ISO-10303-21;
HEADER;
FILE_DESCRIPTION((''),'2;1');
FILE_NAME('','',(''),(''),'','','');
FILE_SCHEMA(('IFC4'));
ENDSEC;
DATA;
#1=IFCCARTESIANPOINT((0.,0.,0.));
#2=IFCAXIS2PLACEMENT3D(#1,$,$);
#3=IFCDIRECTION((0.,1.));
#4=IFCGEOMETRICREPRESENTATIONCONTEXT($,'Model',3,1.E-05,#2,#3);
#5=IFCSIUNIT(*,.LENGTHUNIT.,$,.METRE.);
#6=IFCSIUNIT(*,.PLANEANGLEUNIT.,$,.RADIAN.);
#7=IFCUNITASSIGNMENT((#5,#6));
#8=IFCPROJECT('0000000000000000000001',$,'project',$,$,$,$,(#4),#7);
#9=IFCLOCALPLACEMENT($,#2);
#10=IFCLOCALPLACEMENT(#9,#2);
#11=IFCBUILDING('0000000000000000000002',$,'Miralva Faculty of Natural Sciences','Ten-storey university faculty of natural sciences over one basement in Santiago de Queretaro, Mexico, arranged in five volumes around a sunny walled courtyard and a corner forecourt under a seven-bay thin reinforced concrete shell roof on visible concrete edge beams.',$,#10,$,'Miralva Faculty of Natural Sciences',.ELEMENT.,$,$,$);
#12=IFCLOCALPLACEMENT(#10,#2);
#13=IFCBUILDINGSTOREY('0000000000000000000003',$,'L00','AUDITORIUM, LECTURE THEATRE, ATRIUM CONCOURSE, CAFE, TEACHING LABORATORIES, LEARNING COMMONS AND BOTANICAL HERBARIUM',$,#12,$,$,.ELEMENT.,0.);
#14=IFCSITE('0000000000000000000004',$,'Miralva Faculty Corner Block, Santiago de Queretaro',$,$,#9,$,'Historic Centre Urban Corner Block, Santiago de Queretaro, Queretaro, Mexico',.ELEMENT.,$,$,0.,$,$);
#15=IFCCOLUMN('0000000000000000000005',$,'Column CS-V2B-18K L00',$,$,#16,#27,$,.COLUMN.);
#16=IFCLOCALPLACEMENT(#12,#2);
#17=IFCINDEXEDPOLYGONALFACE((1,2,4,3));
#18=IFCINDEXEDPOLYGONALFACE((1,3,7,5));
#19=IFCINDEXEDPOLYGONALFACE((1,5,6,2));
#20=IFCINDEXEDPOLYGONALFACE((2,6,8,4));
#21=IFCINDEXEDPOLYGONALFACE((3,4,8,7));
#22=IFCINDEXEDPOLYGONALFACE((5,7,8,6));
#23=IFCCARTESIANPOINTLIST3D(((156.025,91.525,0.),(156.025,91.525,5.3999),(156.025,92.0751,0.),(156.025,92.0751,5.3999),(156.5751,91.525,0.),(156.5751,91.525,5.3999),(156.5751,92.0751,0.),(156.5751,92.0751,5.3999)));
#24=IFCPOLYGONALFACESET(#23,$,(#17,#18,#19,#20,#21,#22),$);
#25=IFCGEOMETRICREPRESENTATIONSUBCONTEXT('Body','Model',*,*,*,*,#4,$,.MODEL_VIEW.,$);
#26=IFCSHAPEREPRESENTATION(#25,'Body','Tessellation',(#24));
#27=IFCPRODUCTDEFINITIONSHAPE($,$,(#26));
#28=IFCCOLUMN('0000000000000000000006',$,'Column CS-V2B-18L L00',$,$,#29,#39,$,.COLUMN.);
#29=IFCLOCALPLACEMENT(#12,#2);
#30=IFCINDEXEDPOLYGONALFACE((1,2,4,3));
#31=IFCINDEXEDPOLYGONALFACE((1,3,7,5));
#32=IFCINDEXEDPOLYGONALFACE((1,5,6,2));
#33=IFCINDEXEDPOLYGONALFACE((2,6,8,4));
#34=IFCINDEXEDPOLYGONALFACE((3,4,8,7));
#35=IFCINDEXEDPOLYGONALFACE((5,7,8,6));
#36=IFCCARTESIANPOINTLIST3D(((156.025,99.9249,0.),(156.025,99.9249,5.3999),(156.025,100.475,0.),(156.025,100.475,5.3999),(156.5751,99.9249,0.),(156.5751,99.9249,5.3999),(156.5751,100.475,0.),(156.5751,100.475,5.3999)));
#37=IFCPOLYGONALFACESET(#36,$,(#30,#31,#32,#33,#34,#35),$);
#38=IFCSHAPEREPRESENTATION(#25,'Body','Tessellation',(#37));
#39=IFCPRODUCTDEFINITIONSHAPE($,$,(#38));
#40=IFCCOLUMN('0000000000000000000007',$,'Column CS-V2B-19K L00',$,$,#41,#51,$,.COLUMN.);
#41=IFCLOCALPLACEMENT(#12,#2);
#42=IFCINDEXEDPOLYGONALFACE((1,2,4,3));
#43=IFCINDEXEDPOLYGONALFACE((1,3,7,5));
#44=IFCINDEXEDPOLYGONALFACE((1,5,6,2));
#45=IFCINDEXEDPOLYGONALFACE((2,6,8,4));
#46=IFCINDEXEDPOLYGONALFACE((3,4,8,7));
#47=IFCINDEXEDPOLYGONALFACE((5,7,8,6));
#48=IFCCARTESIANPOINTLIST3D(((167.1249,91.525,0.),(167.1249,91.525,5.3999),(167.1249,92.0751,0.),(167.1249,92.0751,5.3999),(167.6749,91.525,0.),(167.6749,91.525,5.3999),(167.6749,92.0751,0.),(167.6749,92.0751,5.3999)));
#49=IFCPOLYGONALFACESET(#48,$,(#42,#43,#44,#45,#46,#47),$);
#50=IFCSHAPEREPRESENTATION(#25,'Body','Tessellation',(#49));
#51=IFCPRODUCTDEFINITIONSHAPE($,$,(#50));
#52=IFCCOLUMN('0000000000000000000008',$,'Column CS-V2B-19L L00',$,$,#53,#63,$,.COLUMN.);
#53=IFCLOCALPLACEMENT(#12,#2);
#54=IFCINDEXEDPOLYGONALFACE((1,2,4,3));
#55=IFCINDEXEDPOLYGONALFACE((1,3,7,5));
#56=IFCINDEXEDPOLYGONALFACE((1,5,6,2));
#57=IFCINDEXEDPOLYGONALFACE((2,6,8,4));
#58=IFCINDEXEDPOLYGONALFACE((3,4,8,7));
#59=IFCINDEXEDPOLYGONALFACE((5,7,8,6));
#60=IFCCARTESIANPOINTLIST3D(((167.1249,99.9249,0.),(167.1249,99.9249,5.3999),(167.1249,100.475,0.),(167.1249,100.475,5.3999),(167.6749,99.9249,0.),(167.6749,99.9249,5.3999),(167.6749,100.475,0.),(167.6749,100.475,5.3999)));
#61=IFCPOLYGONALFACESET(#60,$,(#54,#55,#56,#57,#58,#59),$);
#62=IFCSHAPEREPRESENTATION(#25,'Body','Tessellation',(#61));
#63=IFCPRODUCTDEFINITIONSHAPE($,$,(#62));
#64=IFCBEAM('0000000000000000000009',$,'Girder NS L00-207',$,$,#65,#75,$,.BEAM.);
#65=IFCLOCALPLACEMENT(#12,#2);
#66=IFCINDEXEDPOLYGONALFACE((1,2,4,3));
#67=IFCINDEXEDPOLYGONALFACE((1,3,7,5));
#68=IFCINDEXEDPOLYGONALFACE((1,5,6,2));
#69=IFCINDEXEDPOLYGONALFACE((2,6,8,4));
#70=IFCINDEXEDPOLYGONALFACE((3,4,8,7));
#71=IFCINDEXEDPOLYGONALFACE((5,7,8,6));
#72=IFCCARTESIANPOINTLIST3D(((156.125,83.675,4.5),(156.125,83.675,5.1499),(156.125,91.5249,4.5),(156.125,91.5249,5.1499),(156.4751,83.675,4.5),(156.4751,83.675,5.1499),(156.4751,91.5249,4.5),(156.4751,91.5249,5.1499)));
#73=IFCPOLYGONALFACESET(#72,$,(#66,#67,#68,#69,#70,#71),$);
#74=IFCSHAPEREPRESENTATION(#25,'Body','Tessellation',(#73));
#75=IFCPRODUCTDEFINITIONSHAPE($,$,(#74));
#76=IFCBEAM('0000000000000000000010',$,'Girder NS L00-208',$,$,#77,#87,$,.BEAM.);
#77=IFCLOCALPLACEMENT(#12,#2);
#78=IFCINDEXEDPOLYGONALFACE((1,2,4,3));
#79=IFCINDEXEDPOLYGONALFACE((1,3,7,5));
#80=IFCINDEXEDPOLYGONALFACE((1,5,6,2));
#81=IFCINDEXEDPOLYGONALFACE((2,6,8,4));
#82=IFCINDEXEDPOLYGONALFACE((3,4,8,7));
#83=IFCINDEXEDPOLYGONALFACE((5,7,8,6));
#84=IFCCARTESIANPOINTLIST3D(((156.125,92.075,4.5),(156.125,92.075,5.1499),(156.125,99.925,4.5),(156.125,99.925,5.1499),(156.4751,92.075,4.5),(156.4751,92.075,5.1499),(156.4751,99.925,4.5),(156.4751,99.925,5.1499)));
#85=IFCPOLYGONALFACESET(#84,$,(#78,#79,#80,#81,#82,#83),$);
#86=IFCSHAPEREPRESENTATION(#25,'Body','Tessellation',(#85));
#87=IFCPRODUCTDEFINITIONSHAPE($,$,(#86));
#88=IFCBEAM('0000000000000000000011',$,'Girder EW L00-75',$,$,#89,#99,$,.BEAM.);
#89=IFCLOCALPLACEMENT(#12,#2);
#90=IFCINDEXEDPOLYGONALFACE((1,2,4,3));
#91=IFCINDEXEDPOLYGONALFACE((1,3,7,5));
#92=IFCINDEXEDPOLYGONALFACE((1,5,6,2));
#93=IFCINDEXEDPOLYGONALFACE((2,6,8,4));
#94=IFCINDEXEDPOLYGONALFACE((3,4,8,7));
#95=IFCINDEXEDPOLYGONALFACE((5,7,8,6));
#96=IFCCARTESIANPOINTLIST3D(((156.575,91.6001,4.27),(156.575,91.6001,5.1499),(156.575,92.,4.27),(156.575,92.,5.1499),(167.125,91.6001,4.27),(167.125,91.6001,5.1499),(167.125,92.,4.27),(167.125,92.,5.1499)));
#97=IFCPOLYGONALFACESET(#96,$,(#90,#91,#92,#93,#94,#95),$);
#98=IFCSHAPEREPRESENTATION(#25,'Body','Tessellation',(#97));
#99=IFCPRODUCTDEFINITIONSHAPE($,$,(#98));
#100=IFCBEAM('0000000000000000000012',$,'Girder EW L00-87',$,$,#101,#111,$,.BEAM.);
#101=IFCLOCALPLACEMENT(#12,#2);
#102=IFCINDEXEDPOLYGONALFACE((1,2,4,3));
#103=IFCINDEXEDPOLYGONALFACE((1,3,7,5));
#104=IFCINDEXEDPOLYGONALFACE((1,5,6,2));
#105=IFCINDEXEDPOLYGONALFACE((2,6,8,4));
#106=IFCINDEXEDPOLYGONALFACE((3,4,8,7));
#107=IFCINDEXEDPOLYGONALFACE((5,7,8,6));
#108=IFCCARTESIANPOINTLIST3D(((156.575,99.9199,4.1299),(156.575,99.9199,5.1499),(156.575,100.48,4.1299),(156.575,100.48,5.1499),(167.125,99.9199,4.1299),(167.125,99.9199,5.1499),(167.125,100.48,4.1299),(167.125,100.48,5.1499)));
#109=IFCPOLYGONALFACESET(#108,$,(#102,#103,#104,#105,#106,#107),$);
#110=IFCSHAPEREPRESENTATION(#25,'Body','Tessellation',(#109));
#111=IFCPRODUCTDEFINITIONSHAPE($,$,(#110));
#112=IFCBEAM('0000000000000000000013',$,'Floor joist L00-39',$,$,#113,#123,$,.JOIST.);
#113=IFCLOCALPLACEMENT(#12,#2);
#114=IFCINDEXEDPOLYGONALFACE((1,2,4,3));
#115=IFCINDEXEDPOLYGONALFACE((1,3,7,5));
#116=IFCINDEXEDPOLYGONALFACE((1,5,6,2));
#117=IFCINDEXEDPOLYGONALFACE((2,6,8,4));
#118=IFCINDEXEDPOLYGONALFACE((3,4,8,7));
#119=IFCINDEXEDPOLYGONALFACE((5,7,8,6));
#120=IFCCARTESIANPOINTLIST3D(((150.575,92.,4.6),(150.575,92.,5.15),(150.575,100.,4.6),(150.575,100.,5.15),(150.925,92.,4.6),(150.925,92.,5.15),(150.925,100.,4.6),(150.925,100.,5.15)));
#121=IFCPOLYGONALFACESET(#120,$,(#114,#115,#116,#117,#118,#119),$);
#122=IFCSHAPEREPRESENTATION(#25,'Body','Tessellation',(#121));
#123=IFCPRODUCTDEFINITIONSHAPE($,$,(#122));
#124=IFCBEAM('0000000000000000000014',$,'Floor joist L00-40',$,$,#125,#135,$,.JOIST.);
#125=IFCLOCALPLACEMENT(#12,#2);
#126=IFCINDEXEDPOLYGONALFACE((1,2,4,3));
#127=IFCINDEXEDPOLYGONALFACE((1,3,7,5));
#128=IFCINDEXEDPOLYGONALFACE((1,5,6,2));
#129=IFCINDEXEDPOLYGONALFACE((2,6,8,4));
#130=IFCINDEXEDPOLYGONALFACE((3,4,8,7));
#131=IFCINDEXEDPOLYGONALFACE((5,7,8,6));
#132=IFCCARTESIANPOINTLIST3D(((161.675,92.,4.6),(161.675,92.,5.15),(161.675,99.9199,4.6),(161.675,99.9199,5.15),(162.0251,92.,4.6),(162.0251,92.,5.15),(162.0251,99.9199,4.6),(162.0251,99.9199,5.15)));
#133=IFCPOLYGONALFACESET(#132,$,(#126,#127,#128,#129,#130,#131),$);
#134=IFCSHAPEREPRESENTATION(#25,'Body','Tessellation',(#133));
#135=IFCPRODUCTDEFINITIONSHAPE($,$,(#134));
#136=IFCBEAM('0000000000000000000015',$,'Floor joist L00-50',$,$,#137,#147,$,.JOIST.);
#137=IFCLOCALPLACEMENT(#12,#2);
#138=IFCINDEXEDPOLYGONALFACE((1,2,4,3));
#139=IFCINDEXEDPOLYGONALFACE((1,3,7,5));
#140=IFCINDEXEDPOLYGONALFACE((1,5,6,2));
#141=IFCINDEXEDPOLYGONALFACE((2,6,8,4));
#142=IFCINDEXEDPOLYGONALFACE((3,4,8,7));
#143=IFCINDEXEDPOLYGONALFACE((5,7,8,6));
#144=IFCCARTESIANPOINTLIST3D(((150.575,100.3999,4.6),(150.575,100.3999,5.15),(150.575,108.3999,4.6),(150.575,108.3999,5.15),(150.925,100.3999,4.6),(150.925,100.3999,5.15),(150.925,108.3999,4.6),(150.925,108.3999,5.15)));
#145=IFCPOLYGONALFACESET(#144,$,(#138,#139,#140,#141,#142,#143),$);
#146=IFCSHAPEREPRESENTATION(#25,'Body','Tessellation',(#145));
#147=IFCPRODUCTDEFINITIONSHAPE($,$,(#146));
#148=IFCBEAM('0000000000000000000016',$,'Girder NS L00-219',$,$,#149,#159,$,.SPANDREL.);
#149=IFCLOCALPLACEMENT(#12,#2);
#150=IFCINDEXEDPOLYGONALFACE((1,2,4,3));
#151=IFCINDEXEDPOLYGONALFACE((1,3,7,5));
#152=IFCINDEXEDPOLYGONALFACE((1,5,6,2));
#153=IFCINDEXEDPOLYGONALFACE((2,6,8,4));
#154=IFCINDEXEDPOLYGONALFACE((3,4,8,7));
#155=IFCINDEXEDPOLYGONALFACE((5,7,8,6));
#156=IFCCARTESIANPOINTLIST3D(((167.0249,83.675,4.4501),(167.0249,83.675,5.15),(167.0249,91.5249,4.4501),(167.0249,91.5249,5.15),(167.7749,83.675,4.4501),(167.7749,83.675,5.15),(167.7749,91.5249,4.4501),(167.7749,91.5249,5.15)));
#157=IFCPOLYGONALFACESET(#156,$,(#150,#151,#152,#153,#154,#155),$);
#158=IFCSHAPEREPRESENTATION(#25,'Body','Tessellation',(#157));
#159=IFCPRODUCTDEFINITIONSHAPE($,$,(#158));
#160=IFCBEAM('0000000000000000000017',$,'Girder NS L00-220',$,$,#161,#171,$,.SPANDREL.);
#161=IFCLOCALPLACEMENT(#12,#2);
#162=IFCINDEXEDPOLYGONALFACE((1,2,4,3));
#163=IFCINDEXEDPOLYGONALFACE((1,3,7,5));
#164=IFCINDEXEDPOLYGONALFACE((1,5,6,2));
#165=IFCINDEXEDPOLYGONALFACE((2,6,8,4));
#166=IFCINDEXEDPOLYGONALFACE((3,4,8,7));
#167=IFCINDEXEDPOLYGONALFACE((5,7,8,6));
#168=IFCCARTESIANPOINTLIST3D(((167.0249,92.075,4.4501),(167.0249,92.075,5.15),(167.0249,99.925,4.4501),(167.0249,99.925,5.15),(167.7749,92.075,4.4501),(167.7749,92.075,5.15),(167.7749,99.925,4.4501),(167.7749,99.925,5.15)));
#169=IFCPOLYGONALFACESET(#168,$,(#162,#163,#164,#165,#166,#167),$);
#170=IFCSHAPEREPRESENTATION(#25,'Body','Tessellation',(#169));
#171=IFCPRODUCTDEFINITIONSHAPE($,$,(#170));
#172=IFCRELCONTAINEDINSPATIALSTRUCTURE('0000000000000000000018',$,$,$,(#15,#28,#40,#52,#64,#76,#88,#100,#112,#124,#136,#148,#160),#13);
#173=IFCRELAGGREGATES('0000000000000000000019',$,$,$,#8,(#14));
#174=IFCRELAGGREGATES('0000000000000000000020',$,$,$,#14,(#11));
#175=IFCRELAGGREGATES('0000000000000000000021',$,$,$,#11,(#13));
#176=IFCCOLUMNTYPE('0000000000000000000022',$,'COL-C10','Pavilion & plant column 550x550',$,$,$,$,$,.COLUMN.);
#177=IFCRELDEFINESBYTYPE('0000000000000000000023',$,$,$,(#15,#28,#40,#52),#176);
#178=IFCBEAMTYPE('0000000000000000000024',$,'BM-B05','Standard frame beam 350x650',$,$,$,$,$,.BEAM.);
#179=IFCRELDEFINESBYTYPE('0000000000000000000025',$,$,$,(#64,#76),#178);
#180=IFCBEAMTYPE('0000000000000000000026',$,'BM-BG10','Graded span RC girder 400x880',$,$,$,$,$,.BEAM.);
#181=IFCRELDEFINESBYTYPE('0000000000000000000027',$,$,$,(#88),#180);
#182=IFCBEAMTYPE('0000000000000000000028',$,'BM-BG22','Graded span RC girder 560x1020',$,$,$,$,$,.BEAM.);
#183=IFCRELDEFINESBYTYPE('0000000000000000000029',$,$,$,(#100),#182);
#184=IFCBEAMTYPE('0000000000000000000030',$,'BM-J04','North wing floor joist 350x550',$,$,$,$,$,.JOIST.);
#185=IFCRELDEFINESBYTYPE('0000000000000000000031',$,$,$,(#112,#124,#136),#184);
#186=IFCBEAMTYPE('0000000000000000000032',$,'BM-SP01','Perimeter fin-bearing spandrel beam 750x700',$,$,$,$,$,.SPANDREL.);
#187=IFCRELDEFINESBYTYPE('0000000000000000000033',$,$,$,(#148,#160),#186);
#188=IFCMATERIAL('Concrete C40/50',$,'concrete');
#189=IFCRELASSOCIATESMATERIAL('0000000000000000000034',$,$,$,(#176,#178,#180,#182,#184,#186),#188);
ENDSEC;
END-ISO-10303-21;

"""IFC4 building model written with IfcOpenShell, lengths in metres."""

from ifc_helpers import new_model, si_unit, direction, frame, origin, origin_2d, place, context, subcontext, project, spatial, rectangle, extrude, material, material_profile, profile_set, type_object, element, save


model = new_model("IFC4")

# Units and contexts
model_context = context("Model", 3, precision=1e-05, world=origin(), true_north=direction((0.0, 1.0)))
body_context = subcontext(model_context, "Body", "Model", "MODEL_VIEW")
ifc_project = project(units=[si_unit("LENGTHUNIT", "METRE"), si_unit("PLANEANGLEUNIT", "RADIAN")], contexts=[model_context])

# Site, building, storey
site_placement = place(None, origin())
site = spatial("IfcSite", under=ifc_project, at=site_placement, Name="Miralva Faculty Corner Block, Santiago de Queretaro", LongName="Historic Centre Urban Corner Block, Santiago de Queretaro, Queretaro, Mexico", CompositionType="ELEMENT", RefElevation=0.0)
building_placement = place(site_placement, origin())
building = spatial("IfcBuilding", under=site, at=building_placement, Name="Miralva Faculty of Natural Sciences", Description="Ten-storey university faculty of natural sciences over one basement in Santiago de Queretaro, Mexico, arranged in five volumes around a sunny walled courtyard and a corner forecourt under a seven-bay thin reinforced concrete shell roof on visible concrete edge beams.", LongName="Miralva Faculty of Natural Sciences", CompositionType="ELEMENT")
storey_placement = place(building_placement, origin())
storey = spatial("IfcBuildingStorey", under=building, at=storey_placement, Name="L00", Description="AUDITORIUM, LECTURE THEATRE, ATRIUM CONCOURSE, CAFE, TEACHING LABORATORIES, LEARNING COMMONS AND BOTANICAL HERBARIUM", CompositionType="ELEMENT", Elevation=0.0)

# Columns
ifc_material_1 = material(Name="Concrete C40/50", Category="concrete")
ifc_material_profile_1 = material_profile(ifc_material_1, rectangle(XDim=0.55, YDim=0.55, at=origin_2d()), Name="RC 550x550")
ifc_profile_set_1 = profile_set([ifc_material_profile_1], Name="Concrete C40/50")
column_type = type_object("IfcColumnType", Name="COL-C10", Description="Pavilion & plant column 550x550", PredefinedType="COLUMN", material=ifc_profile_set_1)
for number, where, z_axis, x_axis, name in (
    (1, (156.3, 91.8, 0.0), (0.0, 0.0, 1.0), (1.0, 0.0, 0.0), "Column CS-V2B-18K L00"),
    (2, (156.3, 100.2, 0.0), (0.0, 0.0, 1.0), (1.0, 0.0, 0.0), "Column CS-V2B-18L L00"),
    (3, (167.3999, 91.8, 0.0), (0.0, 0.0, 1.0), (1.0, 0.0, 0.0), "Column CS-V2B-19K L00"),
    (4, (167.3999, 100.2, 0.0), (0.0, 0.0, 1.0), (1.0, 0.0, 0.0), "Column CS-V2B-19L L00"),
):
    element("IfcColumn", number, at=place(storey_placement, frame(where, z_axis=z_axis, x_axis=x_axis)), inside=storey, type_object=column_type, Name=name, PredefinedType="COLUMN", context=body_context, shape_type="SweptSolid", body=[
        extrude(rectangle(XDim=0.55, YDim=0.55, at=origin_2d()), origin(), (0.0, 0.0, 1.0), 5.3999),
    ])

# Beams
ifc_material_profile_2 = material_profile(ifc_material_1, rectangle(XDim=0.3501, YDim=0.6499, at=origin_2d()), Name="RC 350x650")
ifc_profile_set_2 = profile_set([ifc_material_profile_2], Name="Concrete C40/50")
beam_type_1 = type_object("IfcBeamType", Name="BM-B05", Description="Standard frame beam 350x650", PredefinedType="BEAM", material=ifc_profile_set_2)
beam_1_placement = place(storey_placement, frame((156.3, 83.675, 4.825), z_axis=(0.0, 1.0, 0.0), x_axis=(-1.0, 0.0, 0.0)))
element("IfcBeam", 5, at=beam_1_placement, inside=storey, type_object=beam_type_1, Name="Girder NS L00-207", PredefinedType="BEAM", context=body_context, shape_type="SweptSolid", body=[
    extrude(rectangle(XDim=0.3501, YDim=0.6499, at=origin_2d()), origin(), (0.0, 0.0, 1.0), 7.8499),
])
beam_2_placement = place(storey_placement, frame((156.3, 92.075, 4.825), z_axis=(0.0, 1.0, 0.0), x_axis=(-1.0, 0.0, 0.0)))
element("IfcBeam", 6, at=beam_2_placement, inside=storey, type_object=beam_type_1, Name="Girder NS L00-208", PredefinedType="BEAM", context=body_context, shape_type="SweptSolid", body=[
    extrude(rectangle(XDim=0.3501, YDim=0.6499, at=origin_2d()), origin(), (0.0, 0.0, 1.0), 7.8501),
])
ifc_material_profile_3 = material_profile(ifc_material_1, rectangle(XDim=0.3999, YDim=0.8799, at=origin_2d()), Name="RC 400x880")
ifc_profile_set_3 = profile_set([ifc_material_profile_3], Name="Concrete C40/50")
beam_type_2 = type_object("IfcBeamType", Name="BM-BG10", Description="Graded span RC girder 400x880", PredefinedType="BEAM", material=ifc_profile_set_3)
beam_3_placement = place(storey_placement, frame((156.575, 91.8, 4.71), z_axis=(1.0, 0.0, 0.0), x_axis=(0.0, 1.0, 0.0)))
element("IfcBeam", 7, at=beam_3_placement, inside=storey, type_object=beam_type_2, Name="Girder EW L00-75", PredefinedType="BEAM", context=body_context, shape_type="SweptSolid", body=[
    extrude(rectangle(XDim=0.3999, YDim=0.8799, at=origin_2d()), origin(), (0.0, 0.0, 1.0), 10.55),
])
ifc_material_profile_4 = material_profile(ifc_material_1, rectangle(XDim=0.5601, YDim=1.02, at=origin_2d()), Name="RC 560x1020")
ifc_profile_set_4 = profile_set([ifc_material_profile_4], Name="Concrete C40/50")
beam_type_3 = type_object("IfcBeamType", Name="BM-BG22", Description="Graded span RC girder 560x1020", PredefinedType="BEAM", material=ifc_profile_set_4)
beam_4_placement = place(storey_placement, frame((156.575, 100.2, 4.6399), z_axis=(1.0, 0.0, 0.0), x_axis=(0.0, 1.0, 0.0)))
element("IfcBeam", 8, at=beam_4_placement, inside=storey, type_object=beam_type_3, Name="Girder EW L00-87", PredefinedType="BEAM", context=body_context, shape_type="SweptSolid", body=[
    extrude(rectangle(XDim=0.5601, YDim=1.02, at=origin_2d()), origin(), (0.0, 0.0, 1.0), 10.55),
])
ifc_material_profile_5 = material_profile(ifc_material_1, rectangle(XDim=0.3501, YDim=0.55, at=origin_2d()), Name="RC 350x550")
ifc_profile_set_5 = profile_set([ifc_material_profile_5], Name="Concrete C40/50")
beam_type_4 = type_object("IfcBeamType", Name="BM-J04", Description="North wing floor joist 350x550", PredefinedType="JOIST", material=ifc_profile_set_5)
beam_5_placement = place(storey_placement, frame((150.75, 92.0, 4.875), z_axis=(0.0, 1.0, 0.0), x_axis=(-1.0, 0.0, 0.0)))
element("IfcBeam", 9, at=beam_5_placement, inside=storey, type_object=beam_type_4, Name="Floor joist L00-39", PredefinedType="JOIST", context=body_context, shape_type="SweptSolid", body=[
    extrude(rectangle(XDim=0.3501, YDim=0.55, at=origin_2d()), origin(), (0.0, 0.0, 1.0), 8.0),
])
beam_6_placement = place(storey_placement, frame((161.8501, 92.0, 4.875), z_axis=(0.0, 1.0, 0.0), x_axis=(-1.0, 0.0, 0.0)))
element("IfcBeam", 10, at=beam_6_placement, inside=storey, type_object=beam_type_4, Name="Floor joist L00-40", PredefinedType="JOIST", context=body_context, shape_type="SweptSolid", body=[
    extrude(rectangle(XDim=0.3501, YDim=0.55, at=origin_2d()), origin(), (0.0, 0.0, 1.0), 7.9199),
])
beam_7_placement = place(storey_placement, frame((150.75, 100.3999, 4.875), z_axis=(0.0, 1.0, 0.0), x_axis=(-1.0, 0.0, 0.0)))
element("IfcBeam", 11, at=beam_7_placement, inside=storey, type_object=beam_type_4, Name="Floor joist L00-50", PredefinedType="JOIST", context=body_context, shape_type="SweptSolid", body=[
    extrude(rectangle(XDim=0.3501, YDim=0.55, at=origin_2d()), origin(), (0.0, 0.0, 1.0), 8.0),
])
ifc_material_profile_6 = material_profile(ifc_material_1, rectangle(XDim=0.75, YDim=0.7, at=origin_2d()), Name="RC 750x700")
ifc_profile_set_6 = profile_set([ifc_material_profile_6], Name="Concrete C40/50")
beam_type_5 = type_object("IfcBeamType", Name="BM-SP01", Description="Perimeter fin-bearing spandrel beam 750x700", PredefinedType="SPANDREL", material=ifc_profile_set_6)
beam_8_placement = place(storey_placement, frame((167.3999, 83.675, 4.8), z_axis=(0.0, 1.0, 0.0), x_axis=(-1.0, 0.0, 0.0)))
element("IfcBeam", 12, at=beam_8_placement, inside=storey, type_object=beam_type_5, Name="Girder NS L00-219", PredefinedType="SPANDREL", context=body_context, shape_type="SweptSolid", body=[
    extrude(rectangle(XDim=0.75, YDim=0.7, at=origin_2d()), origin(), (0.0, 0.0, 1.0), 7.8499),
])
beam_9_placement = place(storey_placement, frame((167.3999, 92.075, 4.8), z_axis=(0.0, 1.0, 0.0), x_axis=(-1.0, 0.0, 0.0)))
element("IfcBeam", 13, at=beam_9_placement, inside=storey, type_object=beam_type_5, Name="Girder NS L00-220", PredefinedType="SPANDREL", context=body_context, shape_type="SweptSolid", body=[
    extrude(rectangle(XDim=0.75, YDim=0.7, at=origin_2d()), origin(), (0.0, 0.0, 1.0), 7.8501),
])

save(model, "model.ifc")
